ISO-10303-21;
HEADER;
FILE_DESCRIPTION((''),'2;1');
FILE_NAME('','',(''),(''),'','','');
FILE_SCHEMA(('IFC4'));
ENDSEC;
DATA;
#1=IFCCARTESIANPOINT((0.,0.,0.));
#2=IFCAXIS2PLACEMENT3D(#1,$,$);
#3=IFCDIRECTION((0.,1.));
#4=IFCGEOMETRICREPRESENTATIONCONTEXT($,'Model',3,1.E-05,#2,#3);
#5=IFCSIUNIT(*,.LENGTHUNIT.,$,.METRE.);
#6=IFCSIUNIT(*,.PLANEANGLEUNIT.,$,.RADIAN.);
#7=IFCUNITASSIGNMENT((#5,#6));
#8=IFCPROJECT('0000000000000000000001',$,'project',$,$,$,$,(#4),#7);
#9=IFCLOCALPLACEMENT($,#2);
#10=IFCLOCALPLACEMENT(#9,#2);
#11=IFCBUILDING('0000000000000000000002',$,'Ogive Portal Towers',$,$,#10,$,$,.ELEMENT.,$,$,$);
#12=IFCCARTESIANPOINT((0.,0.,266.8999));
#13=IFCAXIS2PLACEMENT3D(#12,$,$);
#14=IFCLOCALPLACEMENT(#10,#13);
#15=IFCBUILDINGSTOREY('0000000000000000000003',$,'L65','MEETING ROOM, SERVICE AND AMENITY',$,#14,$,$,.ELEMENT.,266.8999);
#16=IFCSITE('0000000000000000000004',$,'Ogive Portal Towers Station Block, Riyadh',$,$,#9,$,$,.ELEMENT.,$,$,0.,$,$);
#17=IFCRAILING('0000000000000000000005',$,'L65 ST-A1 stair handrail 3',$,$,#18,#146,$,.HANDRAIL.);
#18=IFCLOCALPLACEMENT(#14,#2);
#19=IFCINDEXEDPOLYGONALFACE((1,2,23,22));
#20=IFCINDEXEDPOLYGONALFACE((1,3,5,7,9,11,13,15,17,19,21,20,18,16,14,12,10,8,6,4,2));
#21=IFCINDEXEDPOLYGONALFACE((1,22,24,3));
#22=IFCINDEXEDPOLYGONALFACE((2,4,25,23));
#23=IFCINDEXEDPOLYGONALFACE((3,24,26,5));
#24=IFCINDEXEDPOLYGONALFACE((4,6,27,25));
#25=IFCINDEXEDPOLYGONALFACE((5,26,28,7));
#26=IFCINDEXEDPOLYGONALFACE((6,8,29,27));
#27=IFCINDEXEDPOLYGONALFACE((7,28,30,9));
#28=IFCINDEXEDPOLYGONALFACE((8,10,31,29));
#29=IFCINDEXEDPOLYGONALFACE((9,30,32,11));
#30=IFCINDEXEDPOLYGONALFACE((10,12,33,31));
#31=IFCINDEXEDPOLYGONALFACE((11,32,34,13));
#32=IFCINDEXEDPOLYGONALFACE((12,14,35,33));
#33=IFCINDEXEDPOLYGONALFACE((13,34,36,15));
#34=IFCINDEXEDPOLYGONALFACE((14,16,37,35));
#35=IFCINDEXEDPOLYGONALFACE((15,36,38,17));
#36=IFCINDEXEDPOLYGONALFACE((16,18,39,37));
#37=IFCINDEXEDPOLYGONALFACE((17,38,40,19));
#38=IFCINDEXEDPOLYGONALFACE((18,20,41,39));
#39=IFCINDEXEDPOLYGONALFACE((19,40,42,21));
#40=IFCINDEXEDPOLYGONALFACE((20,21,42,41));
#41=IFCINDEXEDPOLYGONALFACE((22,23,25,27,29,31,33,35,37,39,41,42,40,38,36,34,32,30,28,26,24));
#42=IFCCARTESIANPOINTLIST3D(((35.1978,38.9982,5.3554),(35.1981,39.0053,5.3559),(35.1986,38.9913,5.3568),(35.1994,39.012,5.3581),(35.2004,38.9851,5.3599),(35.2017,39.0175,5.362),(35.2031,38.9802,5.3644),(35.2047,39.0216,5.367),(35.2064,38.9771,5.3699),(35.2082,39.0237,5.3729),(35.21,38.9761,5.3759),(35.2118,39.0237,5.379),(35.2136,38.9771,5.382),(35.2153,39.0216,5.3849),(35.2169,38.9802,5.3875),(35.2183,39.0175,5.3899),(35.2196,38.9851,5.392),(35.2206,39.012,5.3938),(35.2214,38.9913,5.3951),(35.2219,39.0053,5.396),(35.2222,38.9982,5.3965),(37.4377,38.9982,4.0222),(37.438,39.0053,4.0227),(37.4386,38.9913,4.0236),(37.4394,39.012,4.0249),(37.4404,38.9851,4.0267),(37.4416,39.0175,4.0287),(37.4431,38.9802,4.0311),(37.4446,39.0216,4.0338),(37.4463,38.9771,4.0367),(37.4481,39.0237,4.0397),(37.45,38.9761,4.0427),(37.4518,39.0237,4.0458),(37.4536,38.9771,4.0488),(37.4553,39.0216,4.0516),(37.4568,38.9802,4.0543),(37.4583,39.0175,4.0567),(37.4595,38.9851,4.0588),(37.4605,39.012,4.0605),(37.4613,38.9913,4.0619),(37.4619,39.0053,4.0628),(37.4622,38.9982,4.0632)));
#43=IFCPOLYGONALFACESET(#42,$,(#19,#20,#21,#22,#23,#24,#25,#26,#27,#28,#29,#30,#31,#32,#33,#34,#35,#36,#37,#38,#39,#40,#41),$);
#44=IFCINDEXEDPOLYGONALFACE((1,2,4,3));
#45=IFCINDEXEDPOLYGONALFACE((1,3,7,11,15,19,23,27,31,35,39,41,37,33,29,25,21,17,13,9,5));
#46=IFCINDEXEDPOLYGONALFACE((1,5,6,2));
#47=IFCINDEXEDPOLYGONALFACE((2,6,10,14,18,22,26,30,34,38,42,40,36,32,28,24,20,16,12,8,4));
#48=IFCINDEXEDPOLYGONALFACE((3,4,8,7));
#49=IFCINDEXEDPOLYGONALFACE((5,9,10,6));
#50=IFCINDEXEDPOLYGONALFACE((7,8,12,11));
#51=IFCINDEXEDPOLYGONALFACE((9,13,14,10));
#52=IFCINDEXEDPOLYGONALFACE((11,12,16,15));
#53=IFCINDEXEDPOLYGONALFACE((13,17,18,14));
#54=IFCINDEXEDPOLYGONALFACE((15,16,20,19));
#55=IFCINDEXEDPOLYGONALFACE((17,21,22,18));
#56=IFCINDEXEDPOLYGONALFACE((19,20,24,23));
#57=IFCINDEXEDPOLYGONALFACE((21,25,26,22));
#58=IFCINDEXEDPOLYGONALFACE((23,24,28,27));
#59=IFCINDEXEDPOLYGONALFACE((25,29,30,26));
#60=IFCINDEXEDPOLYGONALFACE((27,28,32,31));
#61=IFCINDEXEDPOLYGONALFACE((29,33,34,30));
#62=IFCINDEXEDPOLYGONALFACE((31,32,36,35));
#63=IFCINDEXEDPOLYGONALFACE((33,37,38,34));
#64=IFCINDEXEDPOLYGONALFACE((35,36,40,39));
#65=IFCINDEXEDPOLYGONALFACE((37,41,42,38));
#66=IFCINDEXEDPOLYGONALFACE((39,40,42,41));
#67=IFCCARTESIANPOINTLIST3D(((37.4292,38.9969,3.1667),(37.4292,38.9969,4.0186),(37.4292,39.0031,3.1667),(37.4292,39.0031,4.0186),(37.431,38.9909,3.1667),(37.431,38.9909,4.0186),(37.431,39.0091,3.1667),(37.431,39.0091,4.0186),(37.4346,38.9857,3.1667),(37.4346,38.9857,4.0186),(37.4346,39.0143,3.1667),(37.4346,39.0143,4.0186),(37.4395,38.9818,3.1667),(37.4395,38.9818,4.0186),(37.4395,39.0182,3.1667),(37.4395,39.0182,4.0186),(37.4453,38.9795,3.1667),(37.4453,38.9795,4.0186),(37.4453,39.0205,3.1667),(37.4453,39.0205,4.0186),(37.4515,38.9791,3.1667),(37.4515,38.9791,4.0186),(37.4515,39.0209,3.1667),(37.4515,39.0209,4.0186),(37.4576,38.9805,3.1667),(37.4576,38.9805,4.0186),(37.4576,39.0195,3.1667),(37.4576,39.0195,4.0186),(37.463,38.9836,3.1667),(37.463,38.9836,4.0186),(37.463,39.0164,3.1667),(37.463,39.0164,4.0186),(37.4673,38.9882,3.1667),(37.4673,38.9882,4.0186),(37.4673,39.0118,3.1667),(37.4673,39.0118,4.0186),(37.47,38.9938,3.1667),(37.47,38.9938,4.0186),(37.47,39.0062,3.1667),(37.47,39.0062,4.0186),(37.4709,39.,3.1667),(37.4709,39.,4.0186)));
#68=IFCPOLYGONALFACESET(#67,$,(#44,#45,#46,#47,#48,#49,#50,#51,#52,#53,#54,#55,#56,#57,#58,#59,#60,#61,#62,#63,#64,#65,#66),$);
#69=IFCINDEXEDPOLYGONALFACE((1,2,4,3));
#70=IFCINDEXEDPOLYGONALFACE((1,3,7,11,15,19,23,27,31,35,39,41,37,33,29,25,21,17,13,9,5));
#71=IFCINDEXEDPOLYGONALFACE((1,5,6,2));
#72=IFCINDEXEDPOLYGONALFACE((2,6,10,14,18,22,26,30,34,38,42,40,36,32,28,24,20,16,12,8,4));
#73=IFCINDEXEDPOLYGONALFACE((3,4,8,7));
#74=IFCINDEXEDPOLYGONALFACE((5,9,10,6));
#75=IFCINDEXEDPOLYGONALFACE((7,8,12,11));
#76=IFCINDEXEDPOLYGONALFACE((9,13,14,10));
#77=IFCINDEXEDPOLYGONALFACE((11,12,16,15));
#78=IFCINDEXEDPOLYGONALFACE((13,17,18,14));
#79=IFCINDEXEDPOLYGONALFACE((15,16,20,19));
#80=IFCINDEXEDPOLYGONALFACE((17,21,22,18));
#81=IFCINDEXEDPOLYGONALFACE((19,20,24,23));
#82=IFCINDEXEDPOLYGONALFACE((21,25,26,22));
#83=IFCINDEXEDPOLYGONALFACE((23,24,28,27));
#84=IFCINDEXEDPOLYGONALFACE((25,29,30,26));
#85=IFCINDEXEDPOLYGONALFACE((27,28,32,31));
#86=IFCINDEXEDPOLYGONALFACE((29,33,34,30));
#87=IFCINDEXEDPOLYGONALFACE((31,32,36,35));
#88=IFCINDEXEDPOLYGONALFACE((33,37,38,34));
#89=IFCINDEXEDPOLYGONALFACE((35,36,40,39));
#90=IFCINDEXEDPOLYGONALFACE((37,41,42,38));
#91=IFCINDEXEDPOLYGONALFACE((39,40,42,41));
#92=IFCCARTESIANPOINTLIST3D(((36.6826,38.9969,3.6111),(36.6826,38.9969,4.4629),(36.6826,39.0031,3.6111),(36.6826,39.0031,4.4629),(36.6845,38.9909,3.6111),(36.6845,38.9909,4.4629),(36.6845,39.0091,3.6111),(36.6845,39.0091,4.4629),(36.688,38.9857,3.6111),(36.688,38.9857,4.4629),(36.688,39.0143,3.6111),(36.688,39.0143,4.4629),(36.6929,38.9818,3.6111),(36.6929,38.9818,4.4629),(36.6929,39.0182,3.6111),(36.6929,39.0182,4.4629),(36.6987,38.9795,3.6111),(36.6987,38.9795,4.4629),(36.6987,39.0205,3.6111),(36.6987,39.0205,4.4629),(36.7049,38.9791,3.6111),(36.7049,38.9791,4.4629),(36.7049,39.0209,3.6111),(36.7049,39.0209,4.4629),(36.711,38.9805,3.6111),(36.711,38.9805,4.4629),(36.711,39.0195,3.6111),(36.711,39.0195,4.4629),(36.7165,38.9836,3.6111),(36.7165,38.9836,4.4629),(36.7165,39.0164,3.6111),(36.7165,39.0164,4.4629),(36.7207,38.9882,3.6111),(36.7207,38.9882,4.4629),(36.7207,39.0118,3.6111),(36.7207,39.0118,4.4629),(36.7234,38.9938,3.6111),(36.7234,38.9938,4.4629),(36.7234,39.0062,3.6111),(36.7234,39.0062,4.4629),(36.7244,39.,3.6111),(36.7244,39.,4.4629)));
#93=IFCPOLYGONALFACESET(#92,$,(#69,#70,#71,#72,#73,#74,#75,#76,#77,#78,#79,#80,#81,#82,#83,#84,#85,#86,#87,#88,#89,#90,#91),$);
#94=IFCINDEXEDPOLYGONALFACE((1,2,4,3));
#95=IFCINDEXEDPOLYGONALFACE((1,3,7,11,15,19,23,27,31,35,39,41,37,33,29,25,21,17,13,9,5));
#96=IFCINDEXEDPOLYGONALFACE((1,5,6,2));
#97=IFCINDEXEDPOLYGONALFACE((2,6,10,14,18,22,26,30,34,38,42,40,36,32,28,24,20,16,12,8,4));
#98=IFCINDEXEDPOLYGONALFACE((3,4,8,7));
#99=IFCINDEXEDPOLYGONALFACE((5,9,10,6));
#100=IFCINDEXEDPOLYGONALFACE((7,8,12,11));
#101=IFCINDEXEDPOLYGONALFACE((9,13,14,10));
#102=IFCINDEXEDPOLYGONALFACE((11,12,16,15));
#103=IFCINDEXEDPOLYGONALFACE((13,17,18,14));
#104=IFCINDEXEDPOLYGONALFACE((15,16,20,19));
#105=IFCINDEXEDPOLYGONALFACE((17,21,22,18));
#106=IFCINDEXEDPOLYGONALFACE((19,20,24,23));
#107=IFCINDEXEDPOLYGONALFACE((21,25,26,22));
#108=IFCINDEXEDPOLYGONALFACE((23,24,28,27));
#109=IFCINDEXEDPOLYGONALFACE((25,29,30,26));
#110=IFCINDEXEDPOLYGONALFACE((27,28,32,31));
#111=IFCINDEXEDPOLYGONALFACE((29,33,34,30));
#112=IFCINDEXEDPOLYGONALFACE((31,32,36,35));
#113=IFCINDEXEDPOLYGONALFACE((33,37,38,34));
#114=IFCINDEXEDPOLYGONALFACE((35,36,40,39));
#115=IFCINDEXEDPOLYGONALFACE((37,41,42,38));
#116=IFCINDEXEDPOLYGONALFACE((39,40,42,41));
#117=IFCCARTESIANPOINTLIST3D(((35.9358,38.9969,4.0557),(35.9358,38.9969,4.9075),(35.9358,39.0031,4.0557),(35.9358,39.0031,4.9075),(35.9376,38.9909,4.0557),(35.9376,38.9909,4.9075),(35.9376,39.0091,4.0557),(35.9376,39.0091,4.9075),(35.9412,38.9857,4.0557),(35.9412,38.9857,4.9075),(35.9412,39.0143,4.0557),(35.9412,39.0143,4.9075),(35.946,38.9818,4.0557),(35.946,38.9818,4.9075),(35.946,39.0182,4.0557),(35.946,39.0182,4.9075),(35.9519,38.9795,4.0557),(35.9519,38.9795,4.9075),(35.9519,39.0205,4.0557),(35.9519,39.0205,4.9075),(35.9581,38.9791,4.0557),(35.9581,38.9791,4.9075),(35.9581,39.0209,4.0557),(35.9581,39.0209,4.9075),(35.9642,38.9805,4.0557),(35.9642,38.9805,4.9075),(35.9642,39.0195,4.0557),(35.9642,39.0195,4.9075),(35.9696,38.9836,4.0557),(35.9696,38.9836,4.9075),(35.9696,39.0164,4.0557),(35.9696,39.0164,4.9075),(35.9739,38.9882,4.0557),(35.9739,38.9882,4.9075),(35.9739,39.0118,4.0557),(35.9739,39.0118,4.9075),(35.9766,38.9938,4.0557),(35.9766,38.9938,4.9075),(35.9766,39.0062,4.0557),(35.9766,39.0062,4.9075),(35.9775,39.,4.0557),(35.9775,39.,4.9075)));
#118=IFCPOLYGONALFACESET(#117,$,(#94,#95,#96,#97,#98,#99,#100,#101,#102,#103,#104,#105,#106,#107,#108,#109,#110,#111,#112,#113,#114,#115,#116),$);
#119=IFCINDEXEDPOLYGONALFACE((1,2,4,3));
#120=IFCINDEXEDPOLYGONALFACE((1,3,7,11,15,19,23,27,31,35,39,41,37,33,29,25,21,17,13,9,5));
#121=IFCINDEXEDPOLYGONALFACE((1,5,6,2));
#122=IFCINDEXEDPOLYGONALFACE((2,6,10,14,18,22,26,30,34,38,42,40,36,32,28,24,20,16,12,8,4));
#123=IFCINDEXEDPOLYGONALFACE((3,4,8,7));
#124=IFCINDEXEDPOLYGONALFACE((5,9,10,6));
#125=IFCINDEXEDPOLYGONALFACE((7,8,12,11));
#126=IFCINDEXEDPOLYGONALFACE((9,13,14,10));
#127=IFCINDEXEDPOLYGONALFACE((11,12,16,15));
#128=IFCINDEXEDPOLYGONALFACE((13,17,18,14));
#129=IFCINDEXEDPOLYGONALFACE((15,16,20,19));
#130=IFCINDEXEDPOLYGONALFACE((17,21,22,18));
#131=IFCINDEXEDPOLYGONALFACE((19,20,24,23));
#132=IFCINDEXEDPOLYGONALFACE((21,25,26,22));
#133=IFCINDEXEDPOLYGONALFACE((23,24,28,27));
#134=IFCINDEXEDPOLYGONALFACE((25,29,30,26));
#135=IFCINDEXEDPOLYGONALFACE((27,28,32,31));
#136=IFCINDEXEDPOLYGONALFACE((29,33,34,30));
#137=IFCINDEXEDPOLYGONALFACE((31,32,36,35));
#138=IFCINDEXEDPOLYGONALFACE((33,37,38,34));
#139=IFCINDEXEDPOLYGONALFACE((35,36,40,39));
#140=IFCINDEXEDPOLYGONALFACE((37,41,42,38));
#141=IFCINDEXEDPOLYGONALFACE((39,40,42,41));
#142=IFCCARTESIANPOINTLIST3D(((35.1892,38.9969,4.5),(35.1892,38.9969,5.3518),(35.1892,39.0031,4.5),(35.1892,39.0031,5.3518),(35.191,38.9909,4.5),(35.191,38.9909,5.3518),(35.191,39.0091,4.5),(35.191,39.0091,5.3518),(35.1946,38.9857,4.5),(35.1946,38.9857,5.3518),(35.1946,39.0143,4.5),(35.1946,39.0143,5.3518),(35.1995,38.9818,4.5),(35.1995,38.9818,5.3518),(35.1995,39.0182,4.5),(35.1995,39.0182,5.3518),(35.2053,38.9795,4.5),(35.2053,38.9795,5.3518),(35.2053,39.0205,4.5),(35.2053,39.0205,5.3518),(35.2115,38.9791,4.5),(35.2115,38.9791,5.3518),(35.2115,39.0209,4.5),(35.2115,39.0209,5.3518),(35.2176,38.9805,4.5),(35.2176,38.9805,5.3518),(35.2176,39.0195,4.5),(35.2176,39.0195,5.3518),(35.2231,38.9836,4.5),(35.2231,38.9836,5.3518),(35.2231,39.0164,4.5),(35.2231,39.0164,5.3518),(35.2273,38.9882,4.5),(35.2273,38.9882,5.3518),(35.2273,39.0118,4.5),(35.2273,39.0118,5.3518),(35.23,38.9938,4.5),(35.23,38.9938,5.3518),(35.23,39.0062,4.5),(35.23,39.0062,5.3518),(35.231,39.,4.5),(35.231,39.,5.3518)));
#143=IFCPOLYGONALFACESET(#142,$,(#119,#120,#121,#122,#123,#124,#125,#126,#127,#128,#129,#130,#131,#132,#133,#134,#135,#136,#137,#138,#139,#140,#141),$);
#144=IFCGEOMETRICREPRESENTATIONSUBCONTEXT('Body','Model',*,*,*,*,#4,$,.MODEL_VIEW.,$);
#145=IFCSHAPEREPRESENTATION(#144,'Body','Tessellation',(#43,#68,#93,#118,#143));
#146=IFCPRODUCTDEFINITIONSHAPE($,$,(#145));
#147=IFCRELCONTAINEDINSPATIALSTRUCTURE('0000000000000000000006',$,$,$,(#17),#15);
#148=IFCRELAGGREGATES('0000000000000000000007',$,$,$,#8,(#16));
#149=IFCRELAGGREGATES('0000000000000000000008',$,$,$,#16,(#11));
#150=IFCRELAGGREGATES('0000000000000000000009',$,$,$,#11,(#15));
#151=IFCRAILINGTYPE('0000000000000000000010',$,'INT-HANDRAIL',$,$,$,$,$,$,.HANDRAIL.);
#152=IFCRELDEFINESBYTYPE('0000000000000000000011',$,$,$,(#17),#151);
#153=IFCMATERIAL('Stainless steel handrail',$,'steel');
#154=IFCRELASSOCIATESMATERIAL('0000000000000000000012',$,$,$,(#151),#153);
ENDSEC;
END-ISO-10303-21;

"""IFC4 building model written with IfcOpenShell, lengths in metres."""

from ifc_helpers import new_model, si_unit, direction, frame, origin, origin_2d, place, context, subcontext, project, spatial, circle, extrude, material, type_object, element, save


model = new_model("IFC4")

# Units and contexts
model_context = context("Model", 3, precision=1e-05, world=origin(), true_north=direction((0.0, 1.0)))
body_context = subcontext(model_context, "Body", "Model", "MODEL_VIEW")
ifc_project = project(units=[si_unit("LENGTHUNIT", "METRE"), si_unit("PLANEANGLEUNIT", "RADIAN")], contexts=[model_context])

# Site, building, storey
site_placement = place(None, origin())
site = spatial("IfcSite", under=ifc_project, at=site_placement, Name="Ogive Portal Towers Station Block, Riyadh", CompositionType="ELEMENT", RefElevation=0.0)
building_placement = place(site_placement, origin())
building = spatial("IfcBuilding", under=site, at=building_placement, Name="Ogive Portal Towers", CompositionType="ELEMENT")
storey_placement = place(building_placement, frame((0.0, 0.0, 266.8999)))
storey = spatial("IfcBuildingStorey", under=building, at=storey_placement, Name="L65", Description="MEETING ROOM, SERVICE AND AMENITY", CompositionType="ELEMENT", Elevation=266.8999)

# Railing
ifc_material_1 = material(Name="Stainless steel handrail", Category="steel")
railing_type_1 = type_object("IfcRailingType", Name="INT-HANDRAIL", PredefinedType="HANDRAIL", material=ifc_material_1)
for number, where, name in (
    (1, (37.45, 39.0, 3.1667), "L65 ST-A1 stair handrail 3"),
):
    element("IfcRailing", number, at=place(storey_placement, frame(where)), inside=storey, type_object=railing_type_1, Name=name, PredefinedType="HANDRAIL", context=body_context, shape_type="SweptSolid", body=[
        extrude(circle(Radius=0.0239, at=origin_2d()), frame((0.0, 0.0, 0.876), z_axis=(-0.859306, 0.0, 0.511462), x_axis=(0.0, -1.0, 0.0)), (0.0, 0.0, 1.0), 2.6067),
        extrude(circle(Radius=0.021, at=origin_2d()), origin(), (0.0, 0.0, 1.0), 0.8518),
        extrude(circle(Radius=0.021, at=origin_2d()), frame((-0.7466, 0.0, 0.4443)), (0.0, 0.0, 1.0), 0.8518),
        extrude(circle(Radius=0.021, at=origin_2d()), frame((-1.4934, 0.0, 0.8889)), (0.0, 0.0, 1.0), 0.8518),
        extrude(circle(Radius=0.021, at=origin_2d()), frame((-2.24, 0.0, 1.3333)), (0.0, 0.0, 1.0), 0.8518),
    ])

save(model, "model.ifc")
